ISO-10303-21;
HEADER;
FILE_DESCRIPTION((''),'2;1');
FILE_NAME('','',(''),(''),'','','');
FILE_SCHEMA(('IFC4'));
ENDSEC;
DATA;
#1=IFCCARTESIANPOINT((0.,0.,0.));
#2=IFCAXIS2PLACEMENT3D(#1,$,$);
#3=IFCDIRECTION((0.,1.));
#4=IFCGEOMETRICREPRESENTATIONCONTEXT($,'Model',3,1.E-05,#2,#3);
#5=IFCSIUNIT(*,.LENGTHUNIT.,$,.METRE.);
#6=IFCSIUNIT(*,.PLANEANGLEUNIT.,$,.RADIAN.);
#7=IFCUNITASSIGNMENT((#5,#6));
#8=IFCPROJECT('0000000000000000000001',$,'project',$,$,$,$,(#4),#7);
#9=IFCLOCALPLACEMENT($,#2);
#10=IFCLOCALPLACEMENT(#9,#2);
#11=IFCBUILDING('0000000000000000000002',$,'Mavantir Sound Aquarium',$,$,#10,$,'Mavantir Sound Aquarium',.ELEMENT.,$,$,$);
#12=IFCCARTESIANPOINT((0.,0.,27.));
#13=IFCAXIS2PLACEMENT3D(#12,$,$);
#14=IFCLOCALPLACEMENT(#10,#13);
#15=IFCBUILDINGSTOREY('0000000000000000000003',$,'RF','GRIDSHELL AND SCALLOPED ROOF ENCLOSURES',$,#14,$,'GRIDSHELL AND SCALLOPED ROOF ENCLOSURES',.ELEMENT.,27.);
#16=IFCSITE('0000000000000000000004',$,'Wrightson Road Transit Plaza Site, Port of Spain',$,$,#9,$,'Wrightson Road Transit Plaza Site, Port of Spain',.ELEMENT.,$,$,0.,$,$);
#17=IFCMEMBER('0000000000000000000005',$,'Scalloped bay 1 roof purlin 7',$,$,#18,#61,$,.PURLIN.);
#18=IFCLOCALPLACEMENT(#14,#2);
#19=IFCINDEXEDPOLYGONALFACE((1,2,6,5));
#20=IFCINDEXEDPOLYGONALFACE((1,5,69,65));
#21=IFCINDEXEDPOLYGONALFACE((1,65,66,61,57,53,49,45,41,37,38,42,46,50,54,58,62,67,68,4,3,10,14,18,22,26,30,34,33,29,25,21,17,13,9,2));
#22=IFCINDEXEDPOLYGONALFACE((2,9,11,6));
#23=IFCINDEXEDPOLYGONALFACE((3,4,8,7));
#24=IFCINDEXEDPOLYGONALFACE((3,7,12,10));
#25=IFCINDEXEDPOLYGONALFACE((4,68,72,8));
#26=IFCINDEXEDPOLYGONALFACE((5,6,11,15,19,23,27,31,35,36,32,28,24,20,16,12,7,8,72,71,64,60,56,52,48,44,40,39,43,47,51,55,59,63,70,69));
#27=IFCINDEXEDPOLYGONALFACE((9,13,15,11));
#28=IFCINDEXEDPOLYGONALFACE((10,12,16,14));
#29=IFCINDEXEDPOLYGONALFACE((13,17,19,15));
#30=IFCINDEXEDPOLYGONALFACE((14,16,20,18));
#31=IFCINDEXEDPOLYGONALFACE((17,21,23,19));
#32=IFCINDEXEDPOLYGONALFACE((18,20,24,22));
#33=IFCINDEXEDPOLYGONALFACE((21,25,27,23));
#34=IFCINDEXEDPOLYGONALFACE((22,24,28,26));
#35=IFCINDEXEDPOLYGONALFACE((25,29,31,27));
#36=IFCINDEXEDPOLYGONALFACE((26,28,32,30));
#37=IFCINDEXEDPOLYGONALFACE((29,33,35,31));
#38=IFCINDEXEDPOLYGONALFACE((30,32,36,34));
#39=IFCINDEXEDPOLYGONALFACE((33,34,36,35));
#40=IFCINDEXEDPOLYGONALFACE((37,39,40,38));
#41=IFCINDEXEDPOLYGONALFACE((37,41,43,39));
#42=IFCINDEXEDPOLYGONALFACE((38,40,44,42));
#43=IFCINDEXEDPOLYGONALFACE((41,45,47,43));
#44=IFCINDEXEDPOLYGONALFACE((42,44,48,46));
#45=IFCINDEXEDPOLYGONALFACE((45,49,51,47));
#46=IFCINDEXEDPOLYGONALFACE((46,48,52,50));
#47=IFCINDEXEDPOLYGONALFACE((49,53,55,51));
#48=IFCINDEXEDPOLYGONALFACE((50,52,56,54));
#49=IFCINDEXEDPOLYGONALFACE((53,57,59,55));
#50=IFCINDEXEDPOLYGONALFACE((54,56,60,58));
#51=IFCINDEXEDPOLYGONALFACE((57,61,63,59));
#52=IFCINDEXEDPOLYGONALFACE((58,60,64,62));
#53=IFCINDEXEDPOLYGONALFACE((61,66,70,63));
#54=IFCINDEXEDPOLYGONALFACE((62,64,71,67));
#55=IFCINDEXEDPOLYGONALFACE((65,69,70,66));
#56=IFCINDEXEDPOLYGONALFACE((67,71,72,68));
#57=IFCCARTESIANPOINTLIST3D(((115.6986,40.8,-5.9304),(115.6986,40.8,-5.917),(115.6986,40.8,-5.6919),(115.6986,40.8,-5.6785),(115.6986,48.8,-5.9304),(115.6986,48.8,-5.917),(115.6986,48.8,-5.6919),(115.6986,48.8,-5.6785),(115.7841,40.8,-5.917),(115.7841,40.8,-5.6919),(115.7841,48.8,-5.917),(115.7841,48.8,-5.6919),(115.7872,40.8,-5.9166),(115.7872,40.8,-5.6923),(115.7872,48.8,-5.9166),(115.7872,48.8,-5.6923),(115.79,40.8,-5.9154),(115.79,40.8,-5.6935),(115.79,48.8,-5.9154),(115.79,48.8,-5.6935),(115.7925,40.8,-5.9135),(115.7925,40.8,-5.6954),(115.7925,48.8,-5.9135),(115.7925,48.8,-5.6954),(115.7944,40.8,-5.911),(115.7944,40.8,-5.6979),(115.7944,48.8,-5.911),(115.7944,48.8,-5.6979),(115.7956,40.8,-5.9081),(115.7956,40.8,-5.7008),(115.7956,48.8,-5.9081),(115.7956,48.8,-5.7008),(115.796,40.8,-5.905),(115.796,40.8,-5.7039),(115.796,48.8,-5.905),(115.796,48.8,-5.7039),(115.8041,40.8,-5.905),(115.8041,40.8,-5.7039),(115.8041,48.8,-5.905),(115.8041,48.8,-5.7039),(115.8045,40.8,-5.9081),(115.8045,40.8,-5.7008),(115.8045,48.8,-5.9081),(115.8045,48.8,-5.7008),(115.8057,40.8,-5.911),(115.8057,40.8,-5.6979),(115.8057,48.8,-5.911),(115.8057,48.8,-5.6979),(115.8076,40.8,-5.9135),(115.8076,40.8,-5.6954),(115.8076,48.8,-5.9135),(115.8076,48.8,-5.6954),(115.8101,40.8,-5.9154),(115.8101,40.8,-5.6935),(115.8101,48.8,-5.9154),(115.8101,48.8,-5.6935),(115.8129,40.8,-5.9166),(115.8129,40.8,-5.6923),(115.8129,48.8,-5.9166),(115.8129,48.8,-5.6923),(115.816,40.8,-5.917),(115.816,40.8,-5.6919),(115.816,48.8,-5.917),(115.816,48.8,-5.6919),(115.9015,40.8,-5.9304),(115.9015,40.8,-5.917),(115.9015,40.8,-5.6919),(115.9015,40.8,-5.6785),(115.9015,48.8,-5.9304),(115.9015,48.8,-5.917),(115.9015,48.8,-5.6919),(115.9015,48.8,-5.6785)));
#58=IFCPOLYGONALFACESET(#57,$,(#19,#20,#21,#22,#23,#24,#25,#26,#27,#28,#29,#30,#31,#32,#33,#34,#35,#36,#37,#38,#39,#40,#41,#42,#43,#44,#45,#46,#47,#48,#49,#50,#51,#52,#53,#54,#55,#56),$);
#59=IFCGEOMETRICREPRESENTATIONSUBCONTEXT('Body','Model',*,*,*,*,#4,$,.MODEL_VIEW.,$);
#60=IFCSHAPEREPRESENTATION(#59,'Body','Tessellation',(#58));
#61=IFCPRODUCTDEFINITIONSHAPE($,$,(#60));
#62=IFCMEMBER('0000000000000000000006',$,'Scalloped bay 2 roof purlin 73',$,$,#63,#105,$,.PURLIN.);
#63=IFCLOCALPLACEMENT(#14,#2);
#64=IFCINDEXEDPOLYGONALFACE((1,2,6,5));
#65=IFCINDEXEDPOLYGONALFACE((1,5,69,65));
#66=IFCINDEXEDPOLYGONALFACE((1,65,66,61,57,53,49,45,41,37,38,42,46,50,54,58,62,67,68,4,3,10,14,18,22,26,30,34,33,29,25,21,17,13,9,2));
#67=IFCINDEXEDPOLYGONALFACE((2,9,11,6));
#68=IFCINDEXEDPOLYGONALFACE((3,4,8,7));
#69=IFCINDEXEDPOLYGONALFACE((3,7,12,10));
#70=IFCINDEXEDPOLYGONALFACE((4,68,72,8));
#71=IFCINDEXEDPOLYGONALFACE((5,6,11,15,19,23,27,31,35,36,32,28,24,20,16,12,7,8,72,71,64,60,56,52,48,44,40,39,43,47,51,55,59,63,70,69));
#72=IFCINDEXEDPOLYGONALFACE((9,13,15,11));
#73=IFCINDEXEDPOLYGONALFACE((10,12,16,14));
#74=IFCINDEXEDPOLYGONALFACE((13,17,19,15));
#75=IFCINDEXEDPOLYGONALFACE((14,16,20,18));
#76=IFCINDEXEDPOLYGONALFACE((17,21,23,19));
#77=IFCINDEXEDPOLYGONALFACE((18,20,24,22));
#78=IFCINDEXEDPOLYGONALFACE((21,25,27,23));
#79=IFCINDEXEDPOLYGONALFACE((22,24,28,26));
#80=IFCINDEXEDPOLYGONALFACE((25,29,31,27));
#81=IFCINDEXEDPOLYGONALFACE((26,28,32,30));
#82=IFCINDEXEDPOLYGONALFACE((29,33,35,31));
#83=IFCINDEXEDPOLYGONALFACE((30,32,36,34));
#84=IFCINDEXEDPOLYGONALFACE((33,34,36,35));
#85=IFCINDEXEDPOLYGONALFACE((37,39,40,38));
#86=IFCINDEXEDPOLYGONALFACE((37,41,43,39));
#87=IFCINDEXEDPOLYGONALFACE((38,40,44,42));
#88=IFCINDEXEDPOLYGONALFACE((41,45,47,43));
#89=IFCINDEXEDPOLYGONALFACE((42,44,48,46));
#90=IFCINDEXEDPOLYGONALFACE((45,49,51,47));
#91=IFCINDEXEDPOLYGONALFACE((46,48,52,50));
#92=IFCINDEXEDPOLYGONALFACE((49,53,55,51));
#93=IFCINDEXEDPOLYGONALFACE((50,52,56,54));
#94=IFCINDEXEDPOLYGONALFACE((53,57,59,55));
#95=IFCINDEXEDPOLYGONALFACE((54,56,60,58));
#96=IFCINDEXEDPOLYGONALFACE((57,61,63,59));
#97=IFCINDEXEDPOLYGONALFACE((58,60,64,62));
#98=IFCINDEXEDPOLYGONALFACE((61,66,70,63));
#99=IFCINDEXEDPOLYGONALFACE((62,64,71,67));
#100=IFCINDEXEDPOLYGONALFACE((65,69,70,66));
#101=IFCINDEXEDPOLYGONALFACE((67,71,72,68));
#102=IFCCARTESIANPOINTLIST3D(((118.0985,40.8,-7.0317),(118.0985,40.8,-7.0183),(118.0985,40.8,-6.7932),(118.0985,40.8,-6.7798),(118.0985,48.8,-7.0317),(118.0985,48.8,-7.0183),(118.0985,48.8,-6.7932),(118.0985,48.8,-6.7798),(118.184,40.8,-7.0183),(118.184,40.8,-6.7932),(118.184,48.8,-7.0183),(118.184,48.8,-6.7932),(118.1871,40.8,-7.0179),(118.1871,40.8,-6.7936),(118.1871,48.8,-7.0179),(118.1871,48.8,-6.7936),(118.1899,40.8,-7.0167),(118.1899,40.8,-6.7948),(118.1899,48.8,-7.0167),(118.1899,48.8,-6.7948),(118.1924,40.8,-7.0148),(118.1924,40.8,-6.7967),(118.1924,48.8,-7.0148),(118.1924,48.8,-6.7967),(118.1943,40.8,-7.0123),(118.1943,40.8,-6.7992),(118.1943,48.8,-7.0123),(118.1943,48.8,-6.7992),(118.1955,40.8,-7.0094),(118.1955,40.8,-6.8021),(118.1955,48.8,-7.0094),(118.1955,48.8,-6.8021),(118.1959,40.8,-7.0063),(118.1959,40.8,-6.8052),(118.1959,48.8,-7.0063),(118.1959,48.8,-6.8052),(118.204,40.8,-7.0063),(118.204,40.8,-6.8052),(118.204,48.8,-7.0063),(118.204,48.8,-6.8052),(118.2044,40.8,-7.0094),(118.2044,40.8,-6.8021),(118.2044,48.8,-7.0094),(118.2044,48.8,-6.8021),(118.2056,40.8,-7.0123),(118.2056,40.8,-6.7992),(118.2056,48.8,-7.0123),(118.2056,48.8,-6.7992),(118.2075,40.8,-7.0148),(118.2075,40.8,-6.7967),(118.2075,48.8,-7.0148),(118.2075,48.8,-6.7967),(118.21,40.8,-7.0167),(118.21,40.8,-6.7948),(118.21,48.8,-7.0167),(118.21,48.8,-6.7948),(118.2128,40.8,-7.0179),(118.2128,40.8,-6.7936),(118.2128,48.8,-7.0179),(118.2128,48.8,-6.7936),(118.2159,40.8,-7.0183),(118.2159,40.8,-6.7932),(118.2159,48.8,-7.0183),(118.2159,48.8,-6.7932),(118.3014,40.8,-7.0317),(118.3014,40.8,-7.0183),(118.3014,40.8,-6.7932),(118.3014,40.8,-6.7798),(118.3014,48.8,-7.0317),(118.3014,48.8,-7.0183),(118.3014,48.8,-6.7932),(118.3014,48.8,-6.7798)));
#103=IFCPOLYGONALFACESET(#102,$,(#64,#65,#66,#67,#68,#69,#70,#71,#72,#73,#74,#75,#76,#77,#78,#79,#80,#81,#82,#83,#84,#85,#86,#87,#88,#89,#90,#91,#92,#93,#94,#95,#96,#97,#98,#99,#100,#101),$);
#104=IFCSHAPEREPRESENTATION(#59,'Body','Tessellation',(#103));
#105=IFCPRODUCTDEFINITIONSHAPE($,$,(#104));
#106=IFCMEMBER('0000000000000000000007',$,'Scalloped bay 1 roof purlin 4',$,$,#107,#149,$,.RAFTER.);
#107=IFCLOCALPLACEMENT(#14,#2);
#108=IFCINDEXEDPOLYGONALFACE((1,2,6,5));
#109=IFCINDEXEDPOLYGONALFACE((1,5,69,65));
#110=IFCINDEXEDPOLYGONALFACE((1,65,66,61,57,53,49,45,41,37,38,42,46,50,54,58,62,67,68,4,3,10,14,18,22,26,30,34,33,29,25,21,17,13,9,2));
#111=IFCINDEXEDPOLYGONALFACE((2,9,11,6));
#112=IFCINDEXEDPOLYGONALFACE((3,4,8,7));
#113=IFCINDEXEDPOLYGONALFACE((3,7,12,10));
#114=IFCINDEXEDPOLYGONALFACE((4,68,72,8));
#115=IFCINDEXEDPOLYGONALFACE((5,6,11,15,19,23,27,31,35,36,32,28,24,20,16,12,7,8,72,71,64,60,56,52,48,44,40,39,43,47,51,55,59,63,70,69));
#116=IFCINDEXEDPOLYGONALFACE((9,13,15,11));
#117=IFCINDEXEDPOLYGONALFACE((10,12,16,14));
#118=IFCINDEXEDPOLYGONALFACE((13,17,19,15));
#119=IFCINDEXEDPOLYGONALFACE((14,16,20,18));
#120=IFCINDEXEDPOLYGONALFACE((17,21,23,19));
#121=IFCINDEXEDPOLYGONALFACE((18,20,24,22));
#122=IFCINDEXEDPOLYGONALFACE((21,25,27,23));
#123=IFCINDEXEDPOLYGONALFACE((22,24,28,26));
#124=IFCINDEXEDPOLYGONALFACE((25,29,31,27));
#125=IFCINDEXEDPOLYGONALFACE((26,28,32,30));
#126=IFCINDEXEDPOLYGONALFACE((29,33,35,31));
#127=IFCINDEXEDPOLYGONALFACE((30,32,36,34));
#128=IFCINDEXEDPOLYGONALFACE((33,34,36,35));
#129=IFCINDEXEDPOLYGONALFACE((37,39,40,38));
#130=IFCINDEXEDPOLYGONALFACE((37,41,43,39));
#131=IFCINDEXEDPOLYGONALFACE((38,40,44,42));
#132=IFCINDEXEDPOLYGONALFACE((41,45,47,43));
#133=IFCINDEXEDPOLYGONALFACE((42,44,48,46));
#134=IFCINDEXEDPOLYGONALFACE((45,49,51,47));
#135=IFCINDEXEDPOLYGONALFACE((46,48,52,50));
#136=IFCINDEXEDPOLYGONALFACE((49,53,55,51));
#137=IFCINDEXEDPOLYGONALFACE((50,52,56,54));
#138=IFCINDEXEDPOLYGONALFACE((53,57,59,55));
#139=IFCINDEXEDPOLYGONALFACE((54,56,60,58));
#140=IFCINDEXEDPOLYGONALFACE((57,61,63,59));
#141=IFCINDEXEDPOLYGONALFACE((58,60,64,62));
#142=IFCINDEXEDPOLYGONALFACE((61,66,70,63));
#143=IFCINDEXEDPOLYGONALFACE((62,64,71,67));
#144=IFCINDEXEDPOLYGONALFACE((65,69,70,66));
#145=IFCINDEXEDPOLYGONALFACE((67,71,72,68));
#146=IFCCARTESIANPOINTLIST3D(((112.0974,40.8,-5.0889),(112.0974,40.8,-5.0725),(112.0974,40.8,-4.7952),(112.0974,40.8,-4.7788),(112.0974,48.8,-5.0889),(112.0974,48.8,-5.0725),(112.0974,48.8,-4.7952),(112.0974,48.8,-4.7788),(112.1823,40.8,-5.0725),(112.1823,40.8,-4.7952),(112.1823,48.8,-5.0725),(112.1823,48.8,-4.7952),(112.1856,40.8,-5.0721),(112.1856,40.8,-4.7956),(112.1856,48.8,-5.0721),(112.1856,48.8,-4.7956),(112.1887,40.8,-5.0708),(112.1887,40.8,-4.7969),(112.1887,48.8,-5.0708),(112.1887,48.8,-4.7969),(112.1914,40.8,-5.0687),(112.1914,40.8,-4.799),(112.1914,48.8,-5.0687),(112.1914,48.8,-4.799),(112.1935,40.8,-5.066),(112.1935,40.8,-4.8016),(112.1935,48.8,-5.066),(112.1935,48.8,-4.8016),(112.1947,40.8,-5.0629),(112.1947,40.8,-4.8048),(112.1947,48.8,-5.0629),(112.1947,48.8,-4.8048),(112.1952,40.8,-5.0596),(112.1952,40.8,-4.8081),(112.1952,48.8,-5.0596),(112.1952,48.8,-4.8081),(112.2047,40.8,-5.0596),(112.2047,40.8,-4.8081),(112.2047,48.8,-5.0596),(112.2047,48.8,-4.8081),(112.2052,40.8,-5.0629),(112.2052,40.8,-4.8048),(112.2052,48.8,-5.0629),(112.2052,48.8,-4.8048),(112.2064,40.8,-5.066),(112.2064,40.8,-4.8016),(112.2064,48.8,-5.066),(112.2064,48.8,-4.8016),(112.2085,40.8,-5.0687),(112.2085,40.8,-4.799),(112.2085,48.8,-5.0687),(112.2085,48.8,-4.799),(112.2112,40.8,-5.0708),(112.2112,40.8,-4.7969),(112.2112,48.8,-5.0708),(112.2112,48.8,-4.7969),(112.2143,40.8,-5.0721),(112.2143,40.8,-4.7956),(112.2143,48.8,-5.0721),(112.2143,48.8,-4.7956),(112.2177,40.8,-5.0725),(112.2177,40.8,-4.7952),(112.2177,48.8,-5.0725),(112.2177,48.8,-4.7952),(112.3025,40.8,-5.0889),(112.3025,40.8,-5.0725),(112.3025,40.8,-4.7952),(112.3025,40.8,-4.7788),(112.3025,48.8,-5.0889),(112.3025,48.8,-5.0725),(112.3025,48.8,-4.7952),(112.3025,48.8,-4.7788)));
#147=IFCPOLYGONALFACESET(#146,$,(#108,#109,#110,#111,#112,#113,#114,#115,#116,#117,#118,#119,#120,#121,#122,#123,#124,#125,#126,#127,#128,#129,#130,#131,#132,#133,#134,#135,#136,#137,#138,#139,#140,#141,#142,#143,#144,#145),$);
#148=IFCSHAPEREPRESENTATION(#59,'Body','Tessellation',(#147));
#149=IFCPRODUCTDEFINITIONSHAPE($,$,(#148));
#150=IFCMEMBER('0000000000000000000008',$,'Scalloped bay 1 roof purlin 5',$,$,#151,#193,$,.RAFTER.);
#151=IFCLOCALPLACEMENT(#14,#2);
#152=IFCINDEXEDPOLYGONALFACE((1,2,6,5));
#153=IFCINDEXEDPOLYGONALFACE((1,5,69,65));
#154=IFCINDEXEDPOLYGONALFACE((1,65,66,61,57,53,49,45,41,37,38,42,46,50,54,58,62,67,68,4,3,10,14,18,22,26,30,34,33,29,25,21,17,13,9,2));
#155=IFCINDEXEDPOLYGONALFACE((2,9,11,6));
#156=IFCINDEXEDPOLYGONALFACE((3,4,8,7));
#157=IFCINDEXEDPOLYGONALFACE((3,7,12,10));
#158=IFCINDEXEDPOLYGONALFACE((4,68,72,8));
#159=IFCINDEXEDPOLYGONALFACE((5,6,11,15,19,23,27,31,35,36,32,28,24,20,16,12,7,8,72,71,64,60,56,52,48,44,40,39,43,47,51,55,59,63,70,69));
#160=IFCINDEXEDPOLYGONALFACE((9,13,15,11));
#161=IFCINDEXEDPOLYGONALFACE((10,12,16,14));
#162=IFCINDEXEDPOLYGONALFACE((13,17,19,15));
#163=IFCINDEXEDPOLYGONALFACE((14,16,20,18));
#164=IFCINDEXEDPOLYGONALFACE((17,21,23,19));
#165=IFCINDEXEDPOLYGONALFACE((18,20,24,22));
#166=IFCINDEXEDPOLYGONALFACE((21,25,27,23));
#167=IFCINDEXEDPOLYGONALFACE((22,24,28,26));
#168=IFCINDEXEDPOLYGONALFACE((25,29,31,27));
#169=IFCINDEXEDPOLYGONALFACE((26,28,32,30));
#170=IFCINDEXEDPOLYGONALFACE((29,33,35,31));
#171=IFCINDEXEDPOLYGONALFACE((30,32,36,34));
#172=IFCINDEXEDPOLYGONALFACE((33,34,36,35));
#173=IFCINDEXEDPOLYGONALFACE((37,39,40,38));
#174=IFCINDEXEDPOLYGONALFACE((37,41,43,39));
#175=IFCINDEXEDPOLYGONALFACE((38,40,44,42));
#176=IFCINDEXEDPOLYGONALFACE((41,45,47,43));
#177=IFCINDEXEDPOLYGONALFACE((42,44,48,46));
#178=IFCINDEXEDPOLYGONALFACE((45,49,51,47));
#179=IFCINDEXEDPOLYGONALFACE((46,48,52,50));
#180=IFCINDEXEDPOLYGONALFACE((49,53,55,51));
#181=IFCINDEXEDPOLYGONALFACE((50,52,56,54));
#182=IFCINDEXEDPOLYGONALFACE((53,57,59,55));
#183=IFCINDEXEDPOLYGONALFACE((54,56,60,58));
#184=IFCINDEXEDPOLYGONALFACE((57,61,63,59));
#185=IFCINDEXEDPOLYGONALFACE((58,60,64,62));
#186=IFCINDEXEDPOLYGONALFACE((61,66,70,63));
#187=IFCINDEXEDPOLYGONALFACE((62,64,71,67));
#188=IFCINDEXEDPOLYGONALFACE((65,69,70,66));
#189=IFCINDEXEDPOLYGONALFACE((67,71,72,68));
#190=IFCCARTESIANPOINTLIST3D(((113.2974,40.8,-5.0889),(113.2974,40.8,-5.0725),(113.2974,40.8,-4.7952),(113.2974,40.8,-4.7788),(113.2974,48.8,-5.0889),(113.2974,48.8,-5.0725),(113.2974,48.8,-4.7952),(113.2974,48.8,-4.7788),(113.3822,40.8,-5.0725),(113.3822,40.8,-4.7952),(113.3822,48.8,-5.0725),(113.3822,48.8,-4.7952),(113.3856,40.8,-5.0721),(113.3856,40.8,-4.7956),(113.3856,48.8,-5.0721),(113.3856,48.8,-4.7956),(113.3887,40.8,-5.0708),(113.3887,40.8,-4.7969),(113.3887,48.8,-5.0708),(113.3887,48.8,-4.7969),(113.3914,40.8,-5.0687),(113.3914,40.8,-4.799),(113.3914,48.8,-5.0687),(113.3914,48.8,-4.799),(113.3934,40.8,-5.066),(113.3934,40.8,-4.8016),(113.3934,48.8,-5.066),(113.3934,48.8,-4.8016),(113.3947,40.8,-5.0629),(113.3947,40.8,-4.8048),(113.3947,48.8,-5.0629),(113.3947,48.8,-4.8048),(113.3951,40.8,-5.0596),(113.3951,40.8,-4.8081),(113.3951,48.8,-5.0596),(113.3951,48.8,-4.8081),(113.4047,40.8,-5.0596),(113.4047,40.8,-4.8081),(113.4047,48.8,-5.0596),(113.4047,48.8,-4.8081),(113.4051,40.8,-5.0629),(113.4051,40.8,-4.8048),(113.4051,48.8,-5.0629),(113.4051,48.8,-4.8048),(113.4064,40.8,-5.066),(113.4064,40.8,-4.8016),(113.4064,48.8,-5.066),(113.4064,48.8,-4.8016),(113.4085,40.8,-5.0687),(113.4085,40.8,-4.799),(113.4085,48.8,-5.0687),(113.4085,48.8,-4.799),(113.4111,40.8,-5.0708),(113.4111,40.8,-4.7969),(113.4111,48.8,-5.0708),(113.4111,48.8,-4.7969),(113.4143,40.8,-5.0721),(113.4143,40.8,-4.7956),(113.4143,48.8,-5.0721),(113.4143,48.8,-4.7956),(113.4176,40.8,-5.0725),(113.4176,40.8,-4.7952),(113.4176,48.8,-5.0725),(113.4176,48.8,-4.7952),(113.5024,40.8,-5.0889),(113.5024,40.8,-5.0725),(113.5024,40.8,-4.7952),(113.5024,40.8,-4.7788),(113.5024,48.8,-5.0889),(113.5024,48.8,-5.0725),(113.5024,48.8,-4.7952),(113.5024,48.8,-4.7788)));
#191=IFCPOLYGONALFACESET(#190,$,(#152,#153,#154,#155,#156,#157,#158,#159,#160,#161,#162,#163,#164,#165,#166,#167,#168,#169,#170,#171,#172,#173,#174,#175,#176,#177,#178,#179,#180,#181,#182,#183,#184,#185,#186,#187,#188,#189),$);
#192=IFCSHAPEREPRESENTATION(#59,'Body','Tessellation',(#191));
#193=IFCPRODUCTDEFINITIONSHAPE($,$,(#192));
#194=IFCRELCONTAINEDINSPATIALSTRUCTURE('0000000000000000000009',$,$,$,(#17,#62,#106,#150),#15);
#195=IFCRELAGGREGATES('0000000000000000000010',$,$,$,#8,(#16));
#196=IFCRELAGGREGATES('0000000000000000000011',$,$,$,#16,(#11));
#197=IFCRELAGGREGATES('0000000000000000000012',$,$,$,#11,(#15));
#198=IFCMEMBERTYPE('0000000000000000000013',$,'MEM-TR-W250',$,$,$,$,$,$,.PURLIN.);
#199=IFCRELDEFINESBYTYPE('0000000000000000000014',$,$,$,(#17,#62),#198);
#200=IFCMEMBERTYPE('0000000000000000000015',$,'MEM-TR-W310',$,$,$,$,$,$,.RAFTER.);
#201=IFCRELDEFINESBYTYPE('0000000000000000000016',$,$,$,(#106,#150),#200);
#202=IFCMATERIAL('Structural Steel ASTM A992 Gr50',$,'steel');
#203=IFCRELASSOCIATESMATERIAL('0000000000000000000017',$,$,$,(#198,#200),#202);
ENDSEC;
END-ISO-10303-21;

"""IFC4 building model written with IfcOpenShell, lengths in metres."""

from ifc_helpers import new_model, si_unit, direction, frame, origin, origin_2d, place, context, subcontext, project, spatial, i_section, extrude, material, material_profile, profile_set, type_object, element, save


model = new_model("IFC4")

# Units and contexts
model_context = context("Model", 3, precision=1e-05, world=origin(), true_north=direction((0.0, 1.0)))
body_context = subcontext(model_context, "Body", "Model", "MODEL_VIEW")
ifc_project = project(units=[si_unit("LENGTHUNIT", "METRE"), si_unit("PLANEANGLEUNIT", "RADIAN")], contexts=[model_context])

# Site, building, storey
site_placement = place(None, origin())
site = spatial("IfcSite", under=ifc_project, at=site_placement, Name="Wrightson Road Transit Plaza Site, Port of Spain", LongName="Wrightson Road Transit Plaza Site, Port of Spain", CompositionType="ELEMENT", RefElevation=0.0)
building_placement = place(site_placement, origin())
building = spatial("IfcBuilding", under=site, at=building_placement, Name="Mavantir Sound Aquarium", LongName="Mavantir Sound Aquarium", CompositionType="ELEMENT")
storey_placement = place(building_placement, frame((0.0, 0.0, 27.0)))
storey = spatial("IfcBuildingStorey", under=building, at=storey_placement, Name="RF", Description="GRIDSHELL AND SCALLOPED ROOF ENCLOSURES", LongName="GRIDSHELL AND SCALLOPED ROOF ENCLOSURES", CompositionType="ELEMENT", Elevation=27.0)

# Shared definitions
ifc_material_1 = material(Name="Structural Steel ASTM A992 Gr50", Category="steel")

# Members
ifc_material_profile_1 = material_profile(ifc_material_1, i_section(OverallWidth=0.2029, OverallDepth=0.252, WebThickness=0.0081, FlangeThickness=0.0134, FilletRadius=0.012, at=origin_2d()), Name="W250X58")
ifc_profile_set_1 = profile_set([ifc_material_profile_1], Name="Structural Steel ASTM A992 Gr50")
member_type_1 = type_object("IfcMemberType", Name="MEM-TR-W250", PredefinedType="PURLIN", material=ifc_profile_set_1)
for number, where, z_axis, x_axis, name in (
    (1, (115.8, 40.8, -5.8044), (0.0, 1.0, 0.0), (-1.0, 0.0, 0.0), "Scalloped bay 1 roof purlin 7"),
    (2, (118.2, 40.8, -6.9058), (0.0, 1.0, 0.0), (-1.0, 0.0, 0.0), "Scalloped bay 2 roof purlin 73"),
):
    element("IfcMember", number, at=place(storey_placement, frame(where, z_axis=z_axis, x_axis=x_axis)), inside=storey, type_object=member_type_1, Name=name, PredefinedType="PURLIN", context=body_context, shape_type="SweptSolid", body=[
        extrude(i_section(OverallWidth=0.2029, OverallDepth=0.252, WebThickness=0.0081, FlangeThickness=0.0134, FilletRadius=0.012, at=origin_2d()), origin(), (0.0, 0.0, 1.0), 8.0),
    ])
ifc_material_profile_2 = material_profile(ifc_material_1, i_section(OverallWidth=0.2051, OverallDepth=0.3101, WebThickness=0.0095, FlangeThickness=0.0164, FilletRadius=0.0129, at=origin_2d()), Name="W310X74")
ifc_profile_set_2 = profile_set([ifc_material_profile_2], Name="Structural Steel ASTM A992 Gr50")
member_type_2 = type_object("IfcMemberType", Name="MEM-TR-W310", PredefinedType="RAFTER", material=ifc_profile_set_2)
for number, where, z_axis, x_axis, name in (
    (3, (112.2, 40.8, -4.9338), (0.0, 1.0, 0.0), (-1.0, 0.0, 0.0), "Scalloped bay 1 roof purlin 4"),
    (4, (113.3999, 40.8, -4.9338), (0.0, 1.0, 0.0), (-1.0, 0.0, 0.0), "Scalloped bay 1 roof purlin 5"),
):
    element("IfcMember", number, at=place(storey_placement, frame(where, z_axis=z_axis, x_axis=x_axis)), inside=storey, type_object=member_type_2, Name=name, PredefinedType="RAFTER", context=body_context, shape_type="SweptSolid", body=[
        extrude(i_section(OverallWidth=0.2051, OverallDepth=0.3101, WebThickness=0.0095, FlangeThickness=0.0164, FilletRadius=0.0129, at=origin_2d()), origin(), (0.0, 0.0, 1.0), 8.0),
    ])

save(model, "model.ifc")
